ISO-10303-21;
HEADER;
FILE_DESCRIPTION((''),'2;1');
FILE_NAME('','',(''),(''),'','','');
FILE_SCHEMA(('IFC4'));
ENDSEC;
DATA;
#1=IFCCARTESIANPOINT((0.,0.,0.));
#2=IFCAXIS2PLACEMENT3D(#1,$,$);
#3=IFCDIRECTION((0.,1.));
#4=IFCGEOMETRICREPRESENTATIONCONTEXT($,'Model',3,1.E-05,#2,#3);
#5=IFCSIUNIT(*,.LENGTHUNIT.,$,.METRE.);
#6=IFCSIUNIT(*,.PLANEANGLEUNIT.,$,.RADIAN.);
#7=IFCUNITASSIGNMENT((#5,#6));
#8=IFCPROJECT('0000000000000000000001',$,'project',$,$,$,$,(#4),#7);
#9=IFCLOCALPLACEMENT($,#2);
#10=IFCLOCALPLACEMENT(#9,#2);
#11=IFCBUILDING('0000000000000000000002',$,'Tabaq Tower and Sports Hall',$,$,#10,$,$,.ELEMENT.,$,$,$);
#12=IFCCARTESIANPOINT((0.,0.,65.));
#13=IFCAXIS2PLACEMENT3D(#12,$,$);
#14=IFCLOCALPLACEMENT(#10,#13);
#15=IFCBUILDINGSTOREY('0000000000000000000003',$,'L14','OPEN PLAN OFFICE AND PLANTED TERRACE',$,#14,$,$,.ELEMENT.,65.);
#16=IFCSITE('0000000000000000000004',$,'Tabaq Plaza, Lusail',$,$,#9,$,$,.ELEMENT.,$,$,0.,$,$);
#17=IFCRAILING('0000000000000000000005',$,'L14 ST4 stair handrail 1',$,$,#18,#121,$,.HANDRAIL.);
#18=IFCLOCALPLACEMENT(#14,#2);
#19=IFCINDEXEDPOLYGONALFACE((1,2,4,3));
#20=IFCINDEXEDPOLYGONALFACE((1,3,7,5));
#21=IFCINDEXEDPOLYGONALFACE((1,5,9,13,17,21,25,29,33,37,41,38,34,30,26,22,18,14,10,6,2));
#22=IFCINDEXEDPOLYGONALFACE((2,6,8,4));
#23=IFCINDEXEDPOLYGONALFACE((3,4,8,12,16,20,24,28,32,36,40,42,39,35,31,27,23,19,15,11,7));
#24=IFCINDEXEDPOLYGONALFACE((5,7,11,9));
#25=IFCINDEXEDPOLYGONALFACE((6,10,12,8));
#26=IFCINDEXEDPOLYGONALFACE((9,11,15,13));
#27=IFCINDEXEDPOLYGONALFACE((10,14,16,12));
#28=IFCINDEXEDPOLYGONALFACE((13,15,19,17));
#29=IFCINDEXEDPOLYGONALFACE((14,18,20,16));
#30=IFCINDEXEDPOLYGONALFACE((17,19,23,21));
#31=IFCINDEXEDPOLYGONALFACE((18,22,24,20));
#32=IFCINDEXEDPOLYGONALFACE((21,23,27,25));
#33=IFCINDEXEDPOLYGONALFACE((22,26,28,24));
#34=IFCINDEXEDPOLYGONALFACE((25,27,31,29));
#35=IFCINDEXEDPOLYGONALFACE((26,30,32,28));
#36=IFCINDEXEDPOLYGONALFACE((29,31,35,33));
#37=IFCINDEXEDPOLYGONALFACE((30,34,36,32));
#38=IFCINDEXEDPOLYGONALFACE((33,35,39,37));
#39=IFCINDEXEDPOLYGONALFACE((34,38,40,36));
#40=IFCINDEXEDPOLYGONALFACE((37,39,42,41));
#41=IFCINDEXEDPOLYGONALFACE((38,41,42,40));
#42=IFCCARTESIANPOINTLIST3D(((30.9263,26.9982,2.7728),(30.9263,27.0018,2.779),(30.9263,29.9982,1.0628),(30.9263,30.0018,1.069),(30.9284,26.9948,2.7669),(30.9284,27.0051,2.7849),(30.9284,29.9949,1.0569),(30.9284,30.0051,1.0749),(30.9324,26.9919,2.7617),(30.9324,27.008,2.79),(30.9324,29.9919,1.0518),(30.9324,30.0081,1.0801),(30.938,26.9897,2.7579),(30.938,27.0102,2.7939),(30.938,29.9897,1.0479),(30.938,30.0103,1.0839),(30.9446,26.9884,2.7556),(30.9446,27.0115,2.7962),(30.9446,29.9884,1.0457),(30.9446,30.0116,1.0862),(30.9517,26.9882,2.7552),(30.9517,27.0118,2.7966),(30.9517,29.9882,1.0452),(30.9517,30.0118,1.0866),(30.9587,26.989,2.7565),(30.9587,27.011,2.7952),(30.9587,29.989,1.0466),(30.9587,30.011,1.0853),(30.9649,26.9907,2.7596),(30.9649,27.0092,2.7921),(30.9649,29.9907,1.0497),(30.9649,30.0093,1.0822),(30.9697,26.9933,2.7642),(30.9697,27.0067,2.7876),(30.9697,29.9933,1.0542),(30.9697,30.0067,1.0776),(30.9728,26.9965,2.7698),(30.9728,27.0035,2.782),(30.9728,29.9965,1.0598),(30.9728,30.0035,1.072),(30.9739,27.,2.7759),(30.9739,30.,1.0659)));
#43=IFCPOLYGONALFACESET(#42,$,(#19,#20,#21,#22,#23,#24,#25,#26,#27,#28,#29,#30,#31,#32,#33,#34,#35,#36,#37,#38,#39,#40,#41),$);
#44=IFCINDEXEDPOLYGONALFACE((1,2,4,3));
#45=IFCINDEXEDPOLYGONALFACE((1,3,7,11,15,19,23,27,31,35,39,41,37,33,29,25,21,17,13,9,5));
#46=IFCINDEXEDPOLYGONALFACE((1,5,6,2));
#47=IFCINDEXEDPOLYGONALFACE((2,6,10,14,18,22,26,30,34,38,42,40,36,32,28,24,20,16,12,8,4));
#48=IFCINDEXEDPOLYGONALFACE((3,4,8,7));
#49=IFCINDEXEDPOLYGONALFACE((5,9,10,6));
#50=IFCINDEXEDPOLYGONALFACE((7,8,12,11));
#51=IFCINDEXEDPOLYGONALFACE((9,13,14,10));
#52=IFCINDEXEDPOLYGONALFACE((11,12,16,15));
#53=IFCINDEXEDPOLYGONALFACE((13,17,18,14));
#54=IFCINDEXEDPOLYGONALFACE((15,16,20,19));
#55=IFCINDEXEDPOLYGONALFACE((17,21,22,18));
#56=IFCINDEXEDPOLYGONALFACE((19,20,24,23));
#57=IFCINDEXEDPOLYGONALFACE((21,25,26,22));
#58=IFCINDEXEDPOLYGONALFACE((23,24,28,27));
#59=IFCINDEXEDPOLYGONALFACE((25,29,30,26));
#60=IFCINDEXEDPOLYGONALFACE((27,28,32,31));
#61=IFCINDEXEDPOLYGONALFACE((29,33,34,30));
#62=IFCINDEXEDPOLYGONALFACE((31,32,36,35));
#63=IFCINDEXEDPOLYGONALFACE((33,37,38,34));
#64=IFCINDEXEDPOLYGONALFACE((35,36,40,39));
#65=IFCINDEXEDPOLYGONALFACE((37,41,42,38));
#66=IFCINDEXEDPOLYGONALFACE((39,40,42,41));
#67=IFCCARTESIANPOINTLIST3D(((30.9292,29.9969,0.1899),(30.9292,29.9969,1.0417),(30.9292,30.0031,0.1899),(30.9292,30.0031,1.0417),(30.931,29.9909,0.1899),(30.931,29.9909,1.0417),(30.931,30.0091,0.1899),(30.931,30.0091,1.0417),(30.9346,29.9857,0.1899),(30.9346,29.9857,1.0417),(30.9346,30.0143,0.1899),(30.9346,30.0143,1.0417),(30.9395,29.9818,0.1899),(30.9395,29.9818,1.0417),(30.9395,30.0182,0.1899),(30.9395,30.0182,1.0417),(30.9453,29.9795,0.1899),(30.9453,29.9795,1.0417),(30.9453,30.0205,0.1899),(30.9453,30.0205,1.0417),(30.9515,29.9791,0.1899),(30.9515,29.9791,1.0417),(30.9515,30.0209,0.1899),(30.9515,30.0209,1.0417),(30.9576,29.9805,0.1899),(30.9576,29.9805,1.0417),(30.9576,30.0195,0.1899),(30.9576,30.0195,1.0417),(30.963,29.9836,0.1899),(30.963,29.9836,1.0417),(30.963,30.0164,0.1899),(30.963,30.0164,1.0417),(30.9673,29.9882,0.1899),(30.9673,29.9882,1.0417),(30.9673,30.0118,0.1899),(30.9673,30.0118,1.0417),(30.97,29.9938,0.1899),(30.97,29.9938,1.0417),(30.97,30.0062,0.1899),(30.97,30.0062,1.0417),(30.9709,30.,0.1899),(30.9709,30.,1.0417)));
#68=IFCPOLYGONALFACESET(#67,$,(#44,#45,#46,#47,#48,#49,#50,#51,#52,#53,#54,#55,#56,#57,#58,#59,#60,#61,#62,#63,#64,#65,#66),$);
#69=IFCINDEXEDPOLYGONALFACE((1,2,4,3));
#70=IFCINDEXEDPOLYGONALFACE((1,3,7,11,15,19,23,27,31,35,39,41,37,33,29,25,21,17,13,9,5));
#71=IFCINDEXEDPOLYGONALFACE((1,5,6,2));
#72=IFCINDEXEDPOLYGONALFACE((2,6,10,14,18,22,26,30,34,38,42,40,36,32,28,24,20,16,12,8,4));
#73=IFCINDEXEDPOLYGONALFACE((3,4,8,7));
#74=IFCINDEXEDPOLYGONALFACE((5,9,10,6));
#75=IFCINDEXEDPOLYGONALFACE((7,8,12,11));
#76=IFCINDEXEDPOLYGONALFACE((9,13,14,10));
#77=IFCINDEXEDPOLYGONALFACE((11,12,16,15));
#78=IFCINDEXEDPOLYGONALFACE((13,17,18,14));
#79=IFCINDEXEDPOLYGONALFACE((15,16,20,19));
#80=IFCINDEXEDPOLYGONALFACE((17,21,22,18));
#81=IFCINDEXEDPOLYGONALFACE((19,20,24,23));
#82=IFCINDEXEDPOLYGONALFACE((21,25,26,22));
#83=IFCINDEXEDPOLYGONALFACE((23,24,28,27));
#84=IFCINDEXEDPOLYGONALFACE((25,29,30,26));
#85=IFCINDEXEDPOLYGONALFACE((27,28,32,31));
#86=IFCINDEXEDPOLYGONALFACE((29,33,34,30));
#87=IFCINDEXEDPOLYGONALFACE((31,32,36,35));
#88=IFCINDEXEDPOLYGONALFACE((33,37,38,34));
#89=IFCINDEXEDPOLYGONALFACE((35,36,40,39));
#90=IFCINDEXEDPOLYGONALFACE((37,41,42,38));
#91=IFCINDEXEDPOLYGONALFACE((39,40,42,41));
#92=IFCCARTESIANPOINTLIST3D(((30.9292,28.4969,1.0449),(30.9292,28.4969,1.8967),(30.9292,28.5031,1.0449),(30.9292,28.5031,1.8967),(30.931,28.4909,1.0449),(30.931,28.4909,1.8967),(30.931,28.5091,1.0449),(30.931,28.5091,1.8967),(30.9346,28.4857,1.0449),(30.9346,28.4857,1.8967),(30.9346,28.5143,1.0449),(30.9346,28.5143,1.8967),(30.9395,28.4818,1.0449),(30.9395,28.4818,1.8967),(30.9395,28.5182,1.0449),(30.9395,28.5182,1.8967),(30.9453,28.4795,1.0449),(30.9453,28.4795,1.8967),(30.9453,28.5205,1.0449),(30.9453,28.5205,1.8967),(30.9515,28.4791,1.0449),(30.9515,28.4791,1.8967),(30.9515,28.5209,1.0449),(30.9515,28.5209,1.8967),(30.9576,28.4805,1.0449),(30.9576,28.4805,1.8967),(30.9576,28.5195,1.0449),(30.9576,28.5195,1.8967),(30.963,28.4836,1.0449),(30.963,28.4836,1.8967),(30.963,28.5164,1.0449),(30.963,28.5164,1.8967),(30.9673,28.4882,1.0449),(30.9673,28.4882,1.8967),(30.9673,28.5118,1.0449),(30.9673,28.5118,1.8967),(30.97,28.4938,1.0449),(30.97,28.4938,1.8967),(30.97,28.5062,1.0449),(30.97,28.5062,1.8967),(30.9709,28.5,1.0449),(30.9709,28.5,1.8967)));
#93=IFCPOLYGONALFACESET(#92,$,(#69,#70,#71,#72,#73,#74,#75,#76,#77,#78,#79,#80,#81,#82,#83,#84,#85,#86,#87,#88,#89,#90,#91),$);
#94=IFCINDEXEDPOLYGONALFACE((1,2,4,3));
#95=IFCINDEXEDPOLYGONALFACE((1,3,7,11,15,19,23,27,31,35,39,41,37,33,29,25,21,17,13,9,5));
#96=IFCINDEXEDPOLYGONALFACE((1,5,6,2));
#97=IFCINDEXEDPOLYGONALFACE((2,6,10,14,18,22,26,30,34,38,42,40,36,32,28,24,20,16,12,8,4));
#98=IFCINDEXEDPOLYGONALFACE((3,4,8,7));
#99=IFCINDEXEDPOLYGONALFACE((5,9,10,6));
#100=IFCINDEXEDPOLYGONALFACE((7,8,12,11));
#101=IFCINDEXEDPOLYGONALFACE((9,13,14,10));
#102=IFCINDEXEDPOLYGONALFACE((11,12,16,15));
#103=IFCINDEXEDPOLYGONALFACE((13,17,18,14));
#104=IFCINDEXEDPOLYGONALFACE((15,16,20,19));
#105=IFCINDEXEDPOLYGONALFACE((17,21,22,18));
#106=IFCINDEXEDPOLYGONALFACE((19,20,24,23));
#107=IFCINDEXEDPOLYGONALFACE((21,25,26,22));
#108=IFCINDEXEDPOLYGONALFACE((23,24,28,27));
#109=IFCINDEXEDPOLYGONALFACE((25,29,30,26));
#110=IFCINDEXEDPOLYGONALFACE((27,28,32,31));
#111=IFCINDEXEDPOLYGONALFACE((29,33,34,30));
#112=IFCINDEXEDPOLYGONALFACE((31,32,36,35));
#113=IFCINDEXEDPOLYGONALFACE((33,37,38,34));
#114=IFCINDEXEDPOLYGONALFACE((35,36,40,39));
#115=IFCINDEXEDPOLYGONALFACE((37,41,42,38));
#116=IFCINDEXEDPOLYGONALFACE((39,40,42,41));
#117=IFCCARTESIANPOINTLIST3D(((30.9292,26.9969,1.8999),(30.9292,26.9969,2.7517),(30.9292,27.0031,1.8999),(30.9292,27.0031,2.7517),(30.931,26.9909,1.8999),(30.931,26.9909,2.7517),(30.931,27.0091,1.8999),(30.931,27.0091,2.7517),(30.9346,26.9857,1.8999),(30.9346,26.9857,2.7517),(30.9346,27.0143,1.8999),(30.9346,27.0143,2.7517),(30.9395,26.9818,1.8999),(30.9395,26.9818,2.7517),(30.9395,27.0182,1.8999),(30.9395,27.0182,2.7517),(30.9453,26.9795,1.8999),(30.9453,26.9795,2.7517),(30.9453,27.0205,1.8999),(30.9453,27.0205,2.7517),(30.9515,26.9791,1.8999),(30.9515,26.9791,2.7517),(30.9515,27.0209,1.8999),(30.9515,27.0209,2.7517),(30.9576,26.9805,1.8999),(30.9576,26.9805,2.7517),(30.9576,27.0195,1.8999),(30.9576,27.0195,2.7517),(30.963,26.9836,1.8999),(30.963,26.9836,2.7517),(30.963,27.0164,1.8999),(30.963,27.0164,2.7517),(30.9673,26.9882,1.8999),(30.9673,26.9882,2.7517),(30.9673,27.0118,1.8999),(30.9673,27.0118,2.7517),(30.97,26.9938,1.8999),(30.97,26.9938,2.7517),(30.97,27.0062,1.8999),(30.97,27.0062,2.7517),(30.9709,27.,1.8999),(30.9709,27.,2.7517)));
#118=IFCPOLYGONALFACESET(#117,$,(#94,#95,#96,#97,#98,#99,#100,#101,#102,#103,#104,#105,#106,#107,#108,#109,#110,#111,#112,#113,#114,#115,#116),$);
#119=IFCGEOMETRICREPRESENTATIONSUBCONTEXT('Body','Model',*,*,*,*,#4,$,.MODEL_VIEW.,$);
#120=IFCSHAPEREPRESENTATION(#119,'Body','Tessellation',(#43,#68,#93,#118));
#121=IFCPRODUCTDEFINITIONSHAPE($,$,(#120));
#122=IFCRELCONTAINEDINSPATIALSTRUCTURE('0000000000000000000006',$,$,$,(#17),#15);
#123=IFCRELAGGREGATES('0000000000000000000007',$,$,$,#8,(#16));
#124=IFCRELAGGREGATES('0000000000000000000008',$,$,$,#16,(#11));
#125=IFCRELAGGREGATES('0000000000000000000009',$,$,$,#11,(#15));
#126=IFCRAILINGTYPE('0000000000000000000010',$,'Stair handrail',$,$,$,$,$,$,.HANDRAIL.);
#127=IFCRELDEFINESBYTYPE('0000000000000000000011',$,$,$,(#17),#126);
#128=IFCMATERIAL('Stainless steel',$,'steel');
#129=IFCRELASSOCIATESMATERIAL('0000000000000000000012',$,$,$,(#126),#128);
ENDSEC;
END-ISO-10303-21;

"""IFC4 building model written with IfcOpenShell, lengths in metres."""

from ifc_helpers import new_model, si_unit, direction, frame, origin, origin_2d, place, context, subcontext, project, spatial, circle, extrude, material, type_object, element, save


model = new_model("IFC4")

# Units and contexts
model_context = context("Model", 3, precision=1e-05, world=origin(), true_north=direction((0.0, 1.0)))
body_context = subcontext(model_context, "Body", "Model", "MODEL_VIEW")
ifc_project = project(units=[si_unit("LENGTHUNIT", "METRE"), si_unit("PLANEANGLEUNIT", "RADIAN")], contexts=[model_context])

# Site, building, storey
site_placement = place(None, origin())
site = spatial("IfcSite", under=ifc_project, at=site_placement, Name="Tabaq Plaza, Lusail", CompositionType="ELEMENT", RefElevation=0.0)
building_placement = place(site_placement, origin())
building = spatial("IfcBuilding", under=site, at=building_placement, Name="Tabaq Tower and Sports Hall", CompositionType="ELEMENT")
storey_placement = place(building_placement, frame((0.0, 0.0, 65.0)))
storey = spatial("IfcBuildingStorey", under=building, at=storey_placement, Name="L14", Description="OPEN PLAN OFFICE AND PLANTED TERRACE", CompositionType="ELEMENT", Elevation=65.0)

# Railing
ifc_material_1 = material(Name="Stainless steel", Category="steel")
railing_type_1 = type_object("IfcRailingType", Name="Stair handrail", PredefinedType="HANDRAIL", material=ifc_material_1)
railing_1_placement = place(storey_placement, frame((30.95, 30.0, 0.1899)))
element("IfcRailing", 1, at=railing_1_placement, inside=storey, type_object=railing_type_1, Name="L14 ST4 stair handrail 1", PredefinedType="HANDRAIL", context=body_context, shape_type="SweptSolid", body=[
    extrude(circle(Radius=0.0239, at=origin_2d()), frame((0.0, 0.0, 0.876), z_axis=(0.0, -0.868782, 0.495195), x_axis=(1.0, 0.0, 0.0)), (0.0, 0.0, 1.0), 3.4531),
    extrude(circle(Radius=0.021, at=origin_2d()), origin(), (0.0, 0.0, 1.0), 0.8518),
    extrude(circle(Radius=0.021, at=origin_2d()), frame((0.0, -1.5, 0.855)), (0.0, 0.0, 1.0), 0.8518),
    extrude(circle(Radius=0.021, at=origin_2d()), frame((0.0, -3.0, 1.71)), (0.0, 0.0, 1.0), 0.8518),
])

save(model, "model.ifc")
